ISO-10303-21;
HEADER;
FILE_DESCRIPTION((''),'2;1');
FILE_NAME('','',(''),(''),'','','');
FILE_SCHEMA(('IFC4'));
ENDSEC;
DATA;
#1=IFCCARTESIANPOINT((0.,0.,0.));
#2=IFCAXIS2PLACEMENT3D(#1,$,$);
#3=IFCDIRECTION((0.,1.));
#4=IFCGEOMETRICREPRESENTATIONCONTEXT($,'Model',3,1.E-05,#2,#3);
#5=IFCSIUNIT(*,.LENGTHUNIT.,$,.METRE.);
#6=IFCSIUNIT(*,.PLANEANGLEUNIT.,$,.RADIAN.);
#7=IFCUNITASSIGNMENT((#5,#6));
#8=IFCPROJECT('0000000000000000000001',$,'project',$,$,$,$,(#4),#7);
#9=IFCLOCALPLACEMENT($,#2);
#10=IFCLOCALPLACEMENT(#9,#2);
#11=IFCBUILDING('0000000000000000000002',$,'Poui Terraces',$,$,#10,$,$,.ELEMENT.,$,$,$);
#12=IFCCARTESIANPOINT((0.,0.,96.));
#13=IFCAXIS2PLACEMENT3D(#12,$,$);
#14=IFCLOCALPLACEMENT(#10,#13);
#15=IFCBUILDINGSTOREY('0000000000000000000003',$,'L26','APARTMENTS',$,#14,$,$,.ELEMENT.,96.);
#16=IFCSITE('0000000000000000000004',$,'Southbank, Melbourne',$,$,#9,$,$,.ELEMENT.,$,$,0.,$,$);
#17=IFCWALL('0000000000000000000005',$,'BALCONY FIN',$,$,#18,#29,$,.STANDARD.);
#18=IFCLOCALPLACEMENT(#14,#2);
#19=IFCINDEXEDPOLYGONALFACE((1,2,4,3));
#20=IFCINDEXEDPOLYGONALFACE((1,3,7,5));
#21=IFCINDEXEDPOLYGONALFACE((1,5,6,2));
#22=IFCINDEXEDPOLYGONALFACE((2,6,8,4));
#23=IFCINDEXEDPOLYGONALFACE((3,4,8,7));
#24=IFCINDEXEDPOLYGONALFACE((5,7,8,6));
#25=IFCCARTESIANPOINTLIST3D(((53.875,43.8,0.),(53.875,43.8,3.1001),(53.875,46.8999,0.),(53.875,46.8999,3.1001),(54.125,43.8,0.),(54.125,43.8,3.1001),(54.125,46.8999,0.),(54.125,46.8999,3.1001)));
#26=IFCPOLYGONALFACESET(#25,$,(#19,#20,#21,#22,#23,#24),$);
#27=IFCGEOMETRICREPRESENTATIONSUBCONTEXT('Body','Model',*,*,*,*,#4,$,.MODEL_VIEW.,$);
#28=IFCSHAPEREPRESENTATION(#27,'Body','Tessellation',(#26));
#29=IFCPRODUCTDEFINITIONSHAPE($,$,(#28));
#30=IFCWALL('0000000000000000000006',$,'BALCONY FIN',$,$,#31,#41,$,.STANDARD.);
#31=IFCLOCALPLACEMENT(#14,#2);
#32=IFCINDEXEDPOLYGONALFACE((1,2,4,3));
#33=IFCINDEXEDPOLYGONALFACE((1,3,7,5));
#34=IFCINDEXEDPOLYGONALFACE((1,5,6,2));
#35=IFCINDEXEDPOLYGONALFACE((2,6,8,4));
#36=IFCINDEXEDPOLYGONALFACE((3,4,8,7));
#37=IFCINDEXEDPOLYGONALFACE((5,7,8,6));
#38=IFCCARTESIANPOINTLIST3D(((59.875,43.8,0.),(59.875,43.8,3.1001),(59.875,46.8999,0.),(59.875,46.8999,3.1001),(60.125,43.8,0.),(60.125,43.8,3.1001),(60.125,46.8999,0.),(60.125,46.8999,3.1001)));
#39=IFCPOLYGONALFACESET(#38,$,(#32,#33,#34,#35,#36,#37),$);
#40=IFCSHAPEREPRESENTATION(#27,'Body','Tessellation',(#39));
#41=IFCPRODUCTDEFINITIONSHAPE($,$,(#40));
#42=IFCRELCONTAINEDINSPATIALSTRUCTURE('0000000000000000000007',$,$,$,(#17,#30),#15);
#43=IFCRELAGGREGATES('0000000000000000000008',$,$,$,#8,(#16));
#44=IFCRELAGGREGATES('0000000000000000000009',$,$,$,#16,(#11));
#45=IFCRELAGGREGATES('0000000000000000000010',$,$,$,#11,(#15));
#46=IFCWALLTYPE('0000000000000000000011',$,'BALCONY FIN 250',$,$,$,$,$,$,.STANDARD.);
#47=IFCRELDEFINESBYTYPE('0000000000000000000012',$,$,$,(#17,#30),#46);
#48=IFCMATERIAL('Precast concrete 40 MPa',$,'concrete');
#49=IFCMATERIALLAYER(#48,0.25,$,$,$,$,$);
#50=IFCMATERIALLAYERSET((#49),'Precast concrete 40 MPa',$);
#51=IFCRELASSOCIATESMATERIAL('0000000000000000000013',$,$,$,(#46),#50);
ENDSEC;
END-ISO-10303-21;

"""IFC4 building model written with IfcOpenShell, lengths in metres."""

from ifc_helpers import new_model, si_unit, direction, frame, origin, place, context, subcontext, project, spatial, polyline, outline, extrude, source, transform, mapped, material, layer, layer_set, type_object, element, save


model = new_model("IFC4")

# Units and contexts
model_context = context("Model", 3, precision=1e-05, world=origin(), true_north=direction((0.0, 1.0)))
body_context = subcontext(model_context, "Body", "Model", "MODEL_VIEW")
ifc_project = project(units=[si_unit("LENGTHUNIT", "METRE"), si_unit("PLANEANGLEUNIT", "RADIAN")], contexts=[model_context])

# Site, building, storey
site_placement = place(None, origin())
site = spatial("IfcSite", under=ifc_project, at=site_placement, Name="Southbank, Melbourne", CompositionType="ELEMENT", RefElevation=0.0)
building_placement = place(site_placement, origin())
building = spatial("IfcBuilding", under=site, at=building_placement, Name="Poui Terraces", CompositionType="ELEMENT")
storey_placement = place(building_placement, frame((0.0, 0.0, 96.0)))
storey = spatial("IfcBuildingStorey", under=building, at=storey_placement, Name="L26", Description="APARTMENTS", CompositionType="ELEMENT", Elevation=96.0)

# Walls
ifc_material_1 = material(Name="Precast concrete 40 MPa", Category="concrete")
ifc_layer_1 = layer(ifc_material_1, 0.25)
ifc_layer_set_1 = layer_set([ifc_layer_1], Name="Precast concrete 40 MPa")
wall_type_1 = type_object("IfcWallType", Name="BALCONY FIN 250", PredefinedType="STANDARD", material=ifc_layer_set_1)
shared_shape_1 = source(origin(), body_context, "Body", "SweptSolid", [
    extrude(outline(polyline([(0.0, 0.0), (0.25, 0.0), (0.25, 3.0999), (0.0, 3.0999), (0.0, 0.0)])), origin(), (0.0, 0.0, 1.0), 3.1001),
])
for number, where, name in (
    (1, (53.875, 43.8, 0.0), "BALCONY FIN"),
    (2, (59.875, 43.8, 0.0), "BALCONY FIN"),
):
    element("IfcWall", number, at=place(storey_placement, frame(where)), inside=storey, type_object=wall_type_1, Name=name, PredefinedType="STANDARD", context=body_context, shape_type="MappedRepresentation", body=[
        mapped(shared_shape_1, transform((0.0, 0.0, 0.0))),
    ])

save(model, "model.ifc")
